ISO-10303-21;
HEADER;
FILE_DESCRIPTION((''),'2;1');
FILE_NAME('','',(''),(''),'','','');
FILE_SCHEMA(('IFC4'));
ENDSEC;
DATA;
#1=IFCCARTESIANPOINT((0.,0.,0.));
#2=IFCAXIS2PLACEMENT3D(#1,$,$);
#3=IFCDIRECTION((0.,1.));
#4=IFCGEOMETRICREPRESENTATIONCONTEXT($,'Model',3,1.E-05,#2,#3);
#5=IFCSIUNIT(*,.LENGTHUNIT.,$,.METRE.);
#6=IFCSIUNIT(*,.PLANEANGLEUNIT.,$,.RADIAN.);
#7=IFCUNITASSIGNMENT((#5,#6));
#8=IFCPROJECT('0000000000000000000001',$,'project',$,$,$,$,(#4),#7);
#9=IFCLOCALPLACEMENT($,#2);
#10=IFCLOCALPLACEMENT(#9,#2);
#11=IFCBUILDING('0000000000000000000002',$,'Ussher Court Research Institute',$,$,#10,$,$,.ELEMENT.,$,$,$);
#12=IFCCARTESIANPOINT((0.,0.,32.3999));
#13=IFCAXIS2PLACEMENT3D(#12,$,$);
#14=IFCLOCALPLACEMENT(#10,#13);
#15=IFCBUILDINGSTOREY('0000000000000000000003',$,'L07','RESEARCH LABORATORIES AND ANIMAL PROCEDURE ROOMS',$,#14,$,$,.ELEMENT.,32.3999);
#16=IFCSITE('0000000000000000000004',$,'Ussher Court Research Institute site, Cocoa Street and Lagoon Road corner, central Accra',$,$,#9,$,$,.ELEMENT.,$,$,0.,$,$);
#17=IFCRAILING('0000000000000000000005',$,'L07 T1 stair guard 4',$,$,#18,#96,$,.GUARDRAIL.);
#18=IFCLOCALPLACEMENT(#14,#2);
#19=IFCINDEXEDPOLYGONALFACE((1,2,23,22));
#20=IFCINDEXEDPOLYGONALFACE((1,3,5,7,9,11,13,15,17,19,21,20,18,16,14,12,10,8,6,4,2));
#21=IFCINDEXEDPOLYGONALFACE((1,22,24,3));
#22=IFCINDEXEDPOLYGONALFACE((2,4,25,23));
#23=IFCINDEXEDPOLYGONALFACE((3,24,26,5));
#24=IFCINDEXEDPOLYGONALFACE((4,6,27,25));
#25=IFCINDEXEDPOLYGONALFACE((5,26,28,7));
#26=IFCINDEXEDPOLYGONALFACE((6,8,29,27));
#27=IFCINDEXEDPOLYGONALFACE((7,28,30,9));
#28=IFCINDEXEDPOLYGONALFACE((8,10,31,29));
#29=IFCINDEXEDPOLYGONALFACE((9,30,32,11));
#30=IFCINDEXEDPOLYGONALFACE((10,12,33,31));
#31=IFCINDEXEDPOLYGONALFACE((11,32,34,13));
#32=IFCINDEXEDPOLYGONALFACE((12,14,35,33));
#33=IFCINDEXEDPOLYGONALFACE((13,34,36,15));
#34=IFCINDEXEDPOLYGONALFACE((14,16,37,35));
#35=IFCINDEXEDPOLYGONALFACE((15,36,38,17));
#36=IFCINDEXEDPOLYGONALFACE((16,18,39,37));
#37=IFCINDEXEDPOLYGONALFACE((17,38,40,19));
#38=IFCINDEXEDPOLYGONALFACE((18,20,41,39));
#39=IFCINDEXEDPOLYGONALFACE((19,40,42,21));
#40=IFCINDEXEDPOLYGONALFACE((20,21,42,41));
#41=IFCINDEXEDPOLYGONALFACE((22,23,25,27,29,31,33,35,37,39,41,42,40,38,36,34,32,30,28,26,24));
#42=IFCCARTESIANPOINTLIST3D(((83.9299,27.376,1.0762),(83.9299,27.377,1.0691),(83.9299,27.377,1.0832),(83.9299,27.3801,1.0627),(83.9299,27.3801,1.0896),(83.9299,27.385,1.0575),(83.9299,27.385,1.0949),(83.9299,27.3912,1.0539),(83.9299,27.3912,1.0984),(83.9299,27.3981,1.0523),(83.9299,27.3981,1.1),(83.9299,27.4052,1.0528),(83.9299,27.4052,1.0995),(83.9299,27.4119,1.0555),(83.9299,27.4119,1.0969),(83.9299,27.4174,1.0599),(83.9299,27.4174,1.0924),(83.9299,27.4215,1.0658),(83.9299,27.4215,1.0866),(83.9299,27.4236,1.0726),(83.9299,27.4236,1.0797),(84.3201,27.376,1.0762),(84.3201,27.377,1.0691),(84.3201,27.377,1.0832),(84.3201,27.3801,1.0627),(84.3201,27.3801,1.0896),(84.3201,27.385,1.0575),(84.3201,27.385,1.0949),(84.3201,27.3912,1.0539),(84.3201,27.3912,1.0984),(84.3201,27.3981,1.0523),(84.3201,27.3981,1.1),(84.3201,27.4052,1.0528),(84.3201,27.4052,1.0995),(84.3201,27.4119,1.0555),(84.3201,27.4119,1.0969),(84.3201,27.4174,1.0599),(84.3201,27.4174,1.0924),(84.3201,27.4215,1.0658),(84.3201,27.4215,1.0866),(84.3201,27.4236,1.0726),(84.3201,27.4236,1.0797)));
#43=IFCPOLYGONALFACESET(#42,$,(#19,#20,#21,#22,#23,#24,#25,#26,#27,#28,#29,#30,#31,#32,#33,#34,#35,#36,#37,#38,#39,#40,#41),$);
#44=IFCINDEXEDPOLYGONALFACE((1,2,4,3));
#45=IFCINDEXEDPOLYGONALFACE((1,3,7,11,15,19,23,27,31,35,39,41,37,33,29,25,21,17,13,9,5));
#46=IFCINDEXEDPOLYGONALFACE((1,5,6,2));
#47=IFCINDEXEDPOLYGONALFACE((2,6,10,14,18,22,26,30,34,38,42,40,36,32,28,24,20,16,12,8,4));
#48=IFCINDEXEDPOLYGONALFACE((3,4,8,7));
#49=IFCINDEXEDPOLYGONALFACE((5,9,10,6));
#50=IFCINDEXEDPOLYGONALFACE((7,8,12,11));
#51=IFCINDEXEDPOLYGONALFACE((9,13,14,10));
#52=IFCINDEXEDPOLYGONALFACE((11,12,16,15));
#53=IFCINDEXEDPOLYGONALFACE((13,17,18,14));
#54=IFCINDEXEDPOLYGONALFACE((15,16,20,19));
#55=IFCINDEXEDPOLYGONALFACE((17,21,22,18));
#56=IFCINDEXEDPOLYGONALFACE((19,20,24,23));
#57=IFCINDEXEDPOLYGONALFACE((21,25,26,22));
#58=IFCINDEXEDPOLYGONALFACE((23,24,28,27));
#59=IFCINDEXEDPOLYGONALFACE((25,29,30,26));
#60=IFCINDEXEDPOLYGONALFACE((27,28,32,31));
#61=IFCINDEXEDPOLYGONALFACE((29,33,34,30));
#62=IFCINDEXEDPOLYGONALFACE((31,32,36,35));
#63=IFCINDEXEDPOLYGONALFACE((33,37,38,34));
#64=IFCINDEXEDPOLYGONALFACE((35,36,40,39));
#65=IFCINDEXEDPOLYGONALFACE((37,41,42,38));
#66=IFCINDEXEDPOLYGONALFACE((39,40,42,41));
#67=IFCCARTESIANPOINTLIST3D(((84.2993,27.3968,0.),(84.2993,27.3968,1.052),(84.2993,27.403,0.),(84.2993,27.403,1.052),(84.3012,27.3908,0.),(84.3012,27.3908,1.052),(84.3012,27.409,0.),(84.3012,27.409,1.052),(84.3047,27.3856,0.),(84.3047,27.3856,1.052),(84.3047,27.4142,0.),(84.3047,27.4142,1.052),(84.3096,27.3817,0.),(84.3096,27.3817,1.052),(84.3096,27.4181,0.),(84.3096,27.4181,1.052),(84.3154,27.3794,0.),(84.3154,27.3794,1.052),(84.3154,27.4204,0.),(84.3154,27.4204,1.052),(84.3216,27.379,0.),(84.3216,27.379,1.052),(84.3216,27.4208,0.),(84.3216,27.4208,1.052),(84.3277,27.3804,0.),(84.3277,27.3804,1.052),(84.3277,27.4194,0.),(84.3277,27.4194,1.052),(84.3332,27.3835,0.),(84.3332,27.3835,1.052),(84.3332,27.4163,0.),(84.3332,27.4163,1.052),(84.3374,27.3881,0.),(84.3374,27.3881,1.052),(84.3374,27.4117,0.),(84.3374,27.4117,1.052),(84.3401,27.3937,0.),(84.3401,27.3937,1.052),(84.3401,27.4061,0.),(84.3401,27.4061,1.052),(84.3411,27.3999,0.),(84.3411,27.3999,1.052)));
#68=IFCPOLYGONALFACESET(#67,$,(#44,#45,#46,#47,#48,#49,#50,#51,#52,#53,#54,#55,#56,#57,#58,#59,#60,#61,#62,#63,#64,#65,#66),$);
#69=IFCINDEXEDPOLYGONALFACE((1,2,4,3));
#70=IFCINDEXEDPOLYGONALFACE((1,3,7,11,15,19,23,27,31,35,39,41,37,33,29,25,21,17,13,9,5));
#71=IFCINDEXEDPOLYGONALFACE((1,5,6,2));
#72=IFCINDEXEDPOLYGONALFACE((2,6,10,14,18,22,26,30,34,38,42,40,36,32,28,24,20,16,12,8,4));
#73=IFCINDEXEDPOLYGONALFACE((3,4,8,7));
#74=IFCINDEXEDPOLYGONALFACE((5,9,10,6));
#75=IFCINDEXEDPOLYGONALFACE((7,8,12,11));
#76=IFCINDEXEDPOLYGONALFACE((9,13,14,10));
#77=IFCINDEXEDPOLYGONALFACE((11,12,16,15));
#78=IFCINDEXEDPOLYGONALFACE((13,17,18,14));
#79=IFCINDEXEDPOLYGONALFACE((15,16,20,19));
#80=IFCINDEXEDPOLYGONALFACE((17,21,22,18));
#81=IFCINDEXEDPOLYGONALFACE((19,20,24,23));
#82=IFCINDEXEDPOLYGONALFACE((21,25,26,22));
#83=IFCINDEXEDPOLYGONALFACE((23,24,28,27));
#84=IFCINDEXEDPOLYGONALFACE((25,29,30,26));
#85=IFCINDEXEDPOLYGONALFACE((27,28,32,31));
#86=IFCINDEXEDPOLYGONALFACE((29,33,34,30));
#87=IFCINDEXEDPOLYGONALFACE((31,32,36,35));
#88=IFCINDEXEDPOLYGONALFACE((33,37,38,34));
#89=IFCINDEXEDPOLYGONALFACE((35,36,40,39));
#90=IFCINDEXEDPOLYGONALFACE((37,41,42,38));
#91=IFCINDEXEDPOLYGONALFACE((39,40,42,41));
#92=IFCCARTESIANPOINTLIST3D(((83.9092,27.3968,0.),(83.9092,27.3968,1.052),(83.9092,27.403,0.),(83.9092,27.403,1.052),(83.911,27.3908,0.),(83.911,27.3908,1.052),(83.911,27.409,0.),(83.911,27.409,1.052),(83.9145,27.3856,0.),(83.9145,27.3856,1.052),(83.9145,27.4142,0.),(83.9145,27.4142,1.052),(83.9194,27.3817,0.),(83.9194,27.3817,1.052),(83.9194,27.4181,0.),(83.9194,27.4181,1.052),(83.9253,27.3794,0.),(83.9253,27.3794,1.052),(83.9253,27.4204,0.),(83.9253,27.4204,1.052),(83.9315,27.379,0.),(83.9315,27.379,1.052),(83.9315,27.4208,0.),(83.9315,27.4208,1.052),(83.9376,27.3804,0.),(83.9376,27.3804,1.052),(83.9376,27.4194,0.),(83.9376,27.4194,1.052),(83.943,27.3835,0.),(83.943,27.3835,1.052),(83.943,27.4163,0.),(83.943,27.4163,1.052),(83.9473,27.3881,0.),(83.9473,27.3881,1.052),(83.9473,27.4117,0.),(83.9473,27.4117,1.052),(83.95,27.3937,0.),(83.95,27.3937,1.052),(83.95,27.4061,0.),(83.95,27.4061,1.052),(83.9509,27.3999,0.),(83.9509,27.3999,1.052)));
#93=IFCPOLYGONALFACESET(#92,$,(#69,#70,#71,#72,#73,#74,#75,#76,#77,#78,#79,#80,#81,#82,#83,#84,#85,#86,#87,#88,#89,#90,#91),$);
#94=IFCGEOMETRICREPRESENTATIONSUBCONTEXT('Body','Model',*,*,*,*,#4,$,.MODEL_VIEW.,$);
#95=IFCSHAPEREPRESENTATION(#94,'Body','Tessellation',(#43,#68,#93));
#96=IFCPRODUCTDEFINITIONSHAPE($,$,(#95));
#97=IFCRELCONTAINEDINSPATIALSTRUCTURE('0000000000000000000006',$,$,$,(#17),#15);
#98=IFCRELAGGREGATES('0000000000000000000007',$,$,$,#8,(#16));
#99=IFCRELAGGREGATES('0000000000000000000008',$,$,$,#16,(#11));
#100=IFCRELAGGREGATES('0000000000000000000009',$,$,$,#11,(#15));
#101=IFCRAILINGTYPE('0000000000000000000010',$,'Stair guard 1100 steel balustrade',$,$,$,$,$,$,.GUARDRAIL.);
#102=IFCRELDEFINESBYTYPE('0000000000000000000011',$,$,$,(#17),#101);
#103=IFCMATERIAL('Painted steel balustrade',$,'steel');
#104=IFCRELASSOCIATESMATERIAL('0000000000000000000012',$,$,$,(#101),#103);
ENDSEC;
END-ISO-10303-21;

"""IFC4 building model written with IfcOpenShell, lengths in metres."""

from ifc_helpers import new_model, si_unit, direction, frame, origin, origin_2d, place, context, subcontext, project, spatial, circle, extrude, material, type_object, element, save


model = new_model("IFC4")

# Units and contexts
model_context = context("Model", 3, precision=1e-05, world=origin(), true_north=direction((0.0, 1.0)))
body_context = subcontext(model_context, "Body", "Model", "MODEL_VIEW")
ifc_project = project(units=[si_unit("LENGTHUNIT", "METRE"), si_unit("PLANEANGLEUNIT", "RADIAN")], contexts=[model_context])

# Site, building, storey
site_placement = place(None, origin())
site = spatial("IfcSite", under=ifc_project, at=site_placement, Name="Ussher Court Research Institute site, Cocoa Street and Lagoon Road corner, central Accra", CompositionType="ELEMENT", RefElevation=0.0)
building_placement = place(site_placement, origin())
building = spatial("IfcBuilding", under=site, at=building_placement, Name="Ussher Court Research Institute", CompositionType="ELEMENT")
storey_placement = place(building_placement, frame((0.0, 0.0, 32.3999)))
storey = spatial("IfcBuildingStorey", under=building, at=storey_placement, Name="L07", Description="RESEARCH LABORATORIES AND ANIMAL PROCEDURE ROOMS", CompositionType="ELEMENT", Elevation=32.3999)

# Railing
ifc_material_1 = material(Name="Painted steel balustrade", Category="steel")
railing_type_1 = type_object("IfcRailingType", Name="Stair guard 1100 steel balustrade", PredefinedType="GUARDRAIL", material=ifc_material_1)
railing_1_placement = place(storey_placement, frame((84.3201, 27.3999, 0.0)))
element("IfcRailing", 1, at=railing_1_placement, inside=storey, type_object=railing_type_1, Name="L07 T1 stair guard 4", PredefinedType="GUARDRAIL", context=body_context, shape_type="SweptSolid", body=[
    extrude(circle(Radius=0.0239, at=origin_2d()), frame((0.0, 0.0, 1.0762), z_axis=(-1.0, 0.0, 0.0), x_axis=(0.0, -1.0, 0.0)), (0.0, 0.0, 1.0), 0.3901),
    extrude(circle(Radius=0.021, at=origin_2d()), origin(), (0.0, 0.0, 1.0), 1.052),
    extrude(circle(Radius=0.021, at=origin_2d()), frame((-0.3901, 0.0, 0.0)), (0.0, 0.0, 1.0), 1.052),
])

save(model, "model.ifc")
